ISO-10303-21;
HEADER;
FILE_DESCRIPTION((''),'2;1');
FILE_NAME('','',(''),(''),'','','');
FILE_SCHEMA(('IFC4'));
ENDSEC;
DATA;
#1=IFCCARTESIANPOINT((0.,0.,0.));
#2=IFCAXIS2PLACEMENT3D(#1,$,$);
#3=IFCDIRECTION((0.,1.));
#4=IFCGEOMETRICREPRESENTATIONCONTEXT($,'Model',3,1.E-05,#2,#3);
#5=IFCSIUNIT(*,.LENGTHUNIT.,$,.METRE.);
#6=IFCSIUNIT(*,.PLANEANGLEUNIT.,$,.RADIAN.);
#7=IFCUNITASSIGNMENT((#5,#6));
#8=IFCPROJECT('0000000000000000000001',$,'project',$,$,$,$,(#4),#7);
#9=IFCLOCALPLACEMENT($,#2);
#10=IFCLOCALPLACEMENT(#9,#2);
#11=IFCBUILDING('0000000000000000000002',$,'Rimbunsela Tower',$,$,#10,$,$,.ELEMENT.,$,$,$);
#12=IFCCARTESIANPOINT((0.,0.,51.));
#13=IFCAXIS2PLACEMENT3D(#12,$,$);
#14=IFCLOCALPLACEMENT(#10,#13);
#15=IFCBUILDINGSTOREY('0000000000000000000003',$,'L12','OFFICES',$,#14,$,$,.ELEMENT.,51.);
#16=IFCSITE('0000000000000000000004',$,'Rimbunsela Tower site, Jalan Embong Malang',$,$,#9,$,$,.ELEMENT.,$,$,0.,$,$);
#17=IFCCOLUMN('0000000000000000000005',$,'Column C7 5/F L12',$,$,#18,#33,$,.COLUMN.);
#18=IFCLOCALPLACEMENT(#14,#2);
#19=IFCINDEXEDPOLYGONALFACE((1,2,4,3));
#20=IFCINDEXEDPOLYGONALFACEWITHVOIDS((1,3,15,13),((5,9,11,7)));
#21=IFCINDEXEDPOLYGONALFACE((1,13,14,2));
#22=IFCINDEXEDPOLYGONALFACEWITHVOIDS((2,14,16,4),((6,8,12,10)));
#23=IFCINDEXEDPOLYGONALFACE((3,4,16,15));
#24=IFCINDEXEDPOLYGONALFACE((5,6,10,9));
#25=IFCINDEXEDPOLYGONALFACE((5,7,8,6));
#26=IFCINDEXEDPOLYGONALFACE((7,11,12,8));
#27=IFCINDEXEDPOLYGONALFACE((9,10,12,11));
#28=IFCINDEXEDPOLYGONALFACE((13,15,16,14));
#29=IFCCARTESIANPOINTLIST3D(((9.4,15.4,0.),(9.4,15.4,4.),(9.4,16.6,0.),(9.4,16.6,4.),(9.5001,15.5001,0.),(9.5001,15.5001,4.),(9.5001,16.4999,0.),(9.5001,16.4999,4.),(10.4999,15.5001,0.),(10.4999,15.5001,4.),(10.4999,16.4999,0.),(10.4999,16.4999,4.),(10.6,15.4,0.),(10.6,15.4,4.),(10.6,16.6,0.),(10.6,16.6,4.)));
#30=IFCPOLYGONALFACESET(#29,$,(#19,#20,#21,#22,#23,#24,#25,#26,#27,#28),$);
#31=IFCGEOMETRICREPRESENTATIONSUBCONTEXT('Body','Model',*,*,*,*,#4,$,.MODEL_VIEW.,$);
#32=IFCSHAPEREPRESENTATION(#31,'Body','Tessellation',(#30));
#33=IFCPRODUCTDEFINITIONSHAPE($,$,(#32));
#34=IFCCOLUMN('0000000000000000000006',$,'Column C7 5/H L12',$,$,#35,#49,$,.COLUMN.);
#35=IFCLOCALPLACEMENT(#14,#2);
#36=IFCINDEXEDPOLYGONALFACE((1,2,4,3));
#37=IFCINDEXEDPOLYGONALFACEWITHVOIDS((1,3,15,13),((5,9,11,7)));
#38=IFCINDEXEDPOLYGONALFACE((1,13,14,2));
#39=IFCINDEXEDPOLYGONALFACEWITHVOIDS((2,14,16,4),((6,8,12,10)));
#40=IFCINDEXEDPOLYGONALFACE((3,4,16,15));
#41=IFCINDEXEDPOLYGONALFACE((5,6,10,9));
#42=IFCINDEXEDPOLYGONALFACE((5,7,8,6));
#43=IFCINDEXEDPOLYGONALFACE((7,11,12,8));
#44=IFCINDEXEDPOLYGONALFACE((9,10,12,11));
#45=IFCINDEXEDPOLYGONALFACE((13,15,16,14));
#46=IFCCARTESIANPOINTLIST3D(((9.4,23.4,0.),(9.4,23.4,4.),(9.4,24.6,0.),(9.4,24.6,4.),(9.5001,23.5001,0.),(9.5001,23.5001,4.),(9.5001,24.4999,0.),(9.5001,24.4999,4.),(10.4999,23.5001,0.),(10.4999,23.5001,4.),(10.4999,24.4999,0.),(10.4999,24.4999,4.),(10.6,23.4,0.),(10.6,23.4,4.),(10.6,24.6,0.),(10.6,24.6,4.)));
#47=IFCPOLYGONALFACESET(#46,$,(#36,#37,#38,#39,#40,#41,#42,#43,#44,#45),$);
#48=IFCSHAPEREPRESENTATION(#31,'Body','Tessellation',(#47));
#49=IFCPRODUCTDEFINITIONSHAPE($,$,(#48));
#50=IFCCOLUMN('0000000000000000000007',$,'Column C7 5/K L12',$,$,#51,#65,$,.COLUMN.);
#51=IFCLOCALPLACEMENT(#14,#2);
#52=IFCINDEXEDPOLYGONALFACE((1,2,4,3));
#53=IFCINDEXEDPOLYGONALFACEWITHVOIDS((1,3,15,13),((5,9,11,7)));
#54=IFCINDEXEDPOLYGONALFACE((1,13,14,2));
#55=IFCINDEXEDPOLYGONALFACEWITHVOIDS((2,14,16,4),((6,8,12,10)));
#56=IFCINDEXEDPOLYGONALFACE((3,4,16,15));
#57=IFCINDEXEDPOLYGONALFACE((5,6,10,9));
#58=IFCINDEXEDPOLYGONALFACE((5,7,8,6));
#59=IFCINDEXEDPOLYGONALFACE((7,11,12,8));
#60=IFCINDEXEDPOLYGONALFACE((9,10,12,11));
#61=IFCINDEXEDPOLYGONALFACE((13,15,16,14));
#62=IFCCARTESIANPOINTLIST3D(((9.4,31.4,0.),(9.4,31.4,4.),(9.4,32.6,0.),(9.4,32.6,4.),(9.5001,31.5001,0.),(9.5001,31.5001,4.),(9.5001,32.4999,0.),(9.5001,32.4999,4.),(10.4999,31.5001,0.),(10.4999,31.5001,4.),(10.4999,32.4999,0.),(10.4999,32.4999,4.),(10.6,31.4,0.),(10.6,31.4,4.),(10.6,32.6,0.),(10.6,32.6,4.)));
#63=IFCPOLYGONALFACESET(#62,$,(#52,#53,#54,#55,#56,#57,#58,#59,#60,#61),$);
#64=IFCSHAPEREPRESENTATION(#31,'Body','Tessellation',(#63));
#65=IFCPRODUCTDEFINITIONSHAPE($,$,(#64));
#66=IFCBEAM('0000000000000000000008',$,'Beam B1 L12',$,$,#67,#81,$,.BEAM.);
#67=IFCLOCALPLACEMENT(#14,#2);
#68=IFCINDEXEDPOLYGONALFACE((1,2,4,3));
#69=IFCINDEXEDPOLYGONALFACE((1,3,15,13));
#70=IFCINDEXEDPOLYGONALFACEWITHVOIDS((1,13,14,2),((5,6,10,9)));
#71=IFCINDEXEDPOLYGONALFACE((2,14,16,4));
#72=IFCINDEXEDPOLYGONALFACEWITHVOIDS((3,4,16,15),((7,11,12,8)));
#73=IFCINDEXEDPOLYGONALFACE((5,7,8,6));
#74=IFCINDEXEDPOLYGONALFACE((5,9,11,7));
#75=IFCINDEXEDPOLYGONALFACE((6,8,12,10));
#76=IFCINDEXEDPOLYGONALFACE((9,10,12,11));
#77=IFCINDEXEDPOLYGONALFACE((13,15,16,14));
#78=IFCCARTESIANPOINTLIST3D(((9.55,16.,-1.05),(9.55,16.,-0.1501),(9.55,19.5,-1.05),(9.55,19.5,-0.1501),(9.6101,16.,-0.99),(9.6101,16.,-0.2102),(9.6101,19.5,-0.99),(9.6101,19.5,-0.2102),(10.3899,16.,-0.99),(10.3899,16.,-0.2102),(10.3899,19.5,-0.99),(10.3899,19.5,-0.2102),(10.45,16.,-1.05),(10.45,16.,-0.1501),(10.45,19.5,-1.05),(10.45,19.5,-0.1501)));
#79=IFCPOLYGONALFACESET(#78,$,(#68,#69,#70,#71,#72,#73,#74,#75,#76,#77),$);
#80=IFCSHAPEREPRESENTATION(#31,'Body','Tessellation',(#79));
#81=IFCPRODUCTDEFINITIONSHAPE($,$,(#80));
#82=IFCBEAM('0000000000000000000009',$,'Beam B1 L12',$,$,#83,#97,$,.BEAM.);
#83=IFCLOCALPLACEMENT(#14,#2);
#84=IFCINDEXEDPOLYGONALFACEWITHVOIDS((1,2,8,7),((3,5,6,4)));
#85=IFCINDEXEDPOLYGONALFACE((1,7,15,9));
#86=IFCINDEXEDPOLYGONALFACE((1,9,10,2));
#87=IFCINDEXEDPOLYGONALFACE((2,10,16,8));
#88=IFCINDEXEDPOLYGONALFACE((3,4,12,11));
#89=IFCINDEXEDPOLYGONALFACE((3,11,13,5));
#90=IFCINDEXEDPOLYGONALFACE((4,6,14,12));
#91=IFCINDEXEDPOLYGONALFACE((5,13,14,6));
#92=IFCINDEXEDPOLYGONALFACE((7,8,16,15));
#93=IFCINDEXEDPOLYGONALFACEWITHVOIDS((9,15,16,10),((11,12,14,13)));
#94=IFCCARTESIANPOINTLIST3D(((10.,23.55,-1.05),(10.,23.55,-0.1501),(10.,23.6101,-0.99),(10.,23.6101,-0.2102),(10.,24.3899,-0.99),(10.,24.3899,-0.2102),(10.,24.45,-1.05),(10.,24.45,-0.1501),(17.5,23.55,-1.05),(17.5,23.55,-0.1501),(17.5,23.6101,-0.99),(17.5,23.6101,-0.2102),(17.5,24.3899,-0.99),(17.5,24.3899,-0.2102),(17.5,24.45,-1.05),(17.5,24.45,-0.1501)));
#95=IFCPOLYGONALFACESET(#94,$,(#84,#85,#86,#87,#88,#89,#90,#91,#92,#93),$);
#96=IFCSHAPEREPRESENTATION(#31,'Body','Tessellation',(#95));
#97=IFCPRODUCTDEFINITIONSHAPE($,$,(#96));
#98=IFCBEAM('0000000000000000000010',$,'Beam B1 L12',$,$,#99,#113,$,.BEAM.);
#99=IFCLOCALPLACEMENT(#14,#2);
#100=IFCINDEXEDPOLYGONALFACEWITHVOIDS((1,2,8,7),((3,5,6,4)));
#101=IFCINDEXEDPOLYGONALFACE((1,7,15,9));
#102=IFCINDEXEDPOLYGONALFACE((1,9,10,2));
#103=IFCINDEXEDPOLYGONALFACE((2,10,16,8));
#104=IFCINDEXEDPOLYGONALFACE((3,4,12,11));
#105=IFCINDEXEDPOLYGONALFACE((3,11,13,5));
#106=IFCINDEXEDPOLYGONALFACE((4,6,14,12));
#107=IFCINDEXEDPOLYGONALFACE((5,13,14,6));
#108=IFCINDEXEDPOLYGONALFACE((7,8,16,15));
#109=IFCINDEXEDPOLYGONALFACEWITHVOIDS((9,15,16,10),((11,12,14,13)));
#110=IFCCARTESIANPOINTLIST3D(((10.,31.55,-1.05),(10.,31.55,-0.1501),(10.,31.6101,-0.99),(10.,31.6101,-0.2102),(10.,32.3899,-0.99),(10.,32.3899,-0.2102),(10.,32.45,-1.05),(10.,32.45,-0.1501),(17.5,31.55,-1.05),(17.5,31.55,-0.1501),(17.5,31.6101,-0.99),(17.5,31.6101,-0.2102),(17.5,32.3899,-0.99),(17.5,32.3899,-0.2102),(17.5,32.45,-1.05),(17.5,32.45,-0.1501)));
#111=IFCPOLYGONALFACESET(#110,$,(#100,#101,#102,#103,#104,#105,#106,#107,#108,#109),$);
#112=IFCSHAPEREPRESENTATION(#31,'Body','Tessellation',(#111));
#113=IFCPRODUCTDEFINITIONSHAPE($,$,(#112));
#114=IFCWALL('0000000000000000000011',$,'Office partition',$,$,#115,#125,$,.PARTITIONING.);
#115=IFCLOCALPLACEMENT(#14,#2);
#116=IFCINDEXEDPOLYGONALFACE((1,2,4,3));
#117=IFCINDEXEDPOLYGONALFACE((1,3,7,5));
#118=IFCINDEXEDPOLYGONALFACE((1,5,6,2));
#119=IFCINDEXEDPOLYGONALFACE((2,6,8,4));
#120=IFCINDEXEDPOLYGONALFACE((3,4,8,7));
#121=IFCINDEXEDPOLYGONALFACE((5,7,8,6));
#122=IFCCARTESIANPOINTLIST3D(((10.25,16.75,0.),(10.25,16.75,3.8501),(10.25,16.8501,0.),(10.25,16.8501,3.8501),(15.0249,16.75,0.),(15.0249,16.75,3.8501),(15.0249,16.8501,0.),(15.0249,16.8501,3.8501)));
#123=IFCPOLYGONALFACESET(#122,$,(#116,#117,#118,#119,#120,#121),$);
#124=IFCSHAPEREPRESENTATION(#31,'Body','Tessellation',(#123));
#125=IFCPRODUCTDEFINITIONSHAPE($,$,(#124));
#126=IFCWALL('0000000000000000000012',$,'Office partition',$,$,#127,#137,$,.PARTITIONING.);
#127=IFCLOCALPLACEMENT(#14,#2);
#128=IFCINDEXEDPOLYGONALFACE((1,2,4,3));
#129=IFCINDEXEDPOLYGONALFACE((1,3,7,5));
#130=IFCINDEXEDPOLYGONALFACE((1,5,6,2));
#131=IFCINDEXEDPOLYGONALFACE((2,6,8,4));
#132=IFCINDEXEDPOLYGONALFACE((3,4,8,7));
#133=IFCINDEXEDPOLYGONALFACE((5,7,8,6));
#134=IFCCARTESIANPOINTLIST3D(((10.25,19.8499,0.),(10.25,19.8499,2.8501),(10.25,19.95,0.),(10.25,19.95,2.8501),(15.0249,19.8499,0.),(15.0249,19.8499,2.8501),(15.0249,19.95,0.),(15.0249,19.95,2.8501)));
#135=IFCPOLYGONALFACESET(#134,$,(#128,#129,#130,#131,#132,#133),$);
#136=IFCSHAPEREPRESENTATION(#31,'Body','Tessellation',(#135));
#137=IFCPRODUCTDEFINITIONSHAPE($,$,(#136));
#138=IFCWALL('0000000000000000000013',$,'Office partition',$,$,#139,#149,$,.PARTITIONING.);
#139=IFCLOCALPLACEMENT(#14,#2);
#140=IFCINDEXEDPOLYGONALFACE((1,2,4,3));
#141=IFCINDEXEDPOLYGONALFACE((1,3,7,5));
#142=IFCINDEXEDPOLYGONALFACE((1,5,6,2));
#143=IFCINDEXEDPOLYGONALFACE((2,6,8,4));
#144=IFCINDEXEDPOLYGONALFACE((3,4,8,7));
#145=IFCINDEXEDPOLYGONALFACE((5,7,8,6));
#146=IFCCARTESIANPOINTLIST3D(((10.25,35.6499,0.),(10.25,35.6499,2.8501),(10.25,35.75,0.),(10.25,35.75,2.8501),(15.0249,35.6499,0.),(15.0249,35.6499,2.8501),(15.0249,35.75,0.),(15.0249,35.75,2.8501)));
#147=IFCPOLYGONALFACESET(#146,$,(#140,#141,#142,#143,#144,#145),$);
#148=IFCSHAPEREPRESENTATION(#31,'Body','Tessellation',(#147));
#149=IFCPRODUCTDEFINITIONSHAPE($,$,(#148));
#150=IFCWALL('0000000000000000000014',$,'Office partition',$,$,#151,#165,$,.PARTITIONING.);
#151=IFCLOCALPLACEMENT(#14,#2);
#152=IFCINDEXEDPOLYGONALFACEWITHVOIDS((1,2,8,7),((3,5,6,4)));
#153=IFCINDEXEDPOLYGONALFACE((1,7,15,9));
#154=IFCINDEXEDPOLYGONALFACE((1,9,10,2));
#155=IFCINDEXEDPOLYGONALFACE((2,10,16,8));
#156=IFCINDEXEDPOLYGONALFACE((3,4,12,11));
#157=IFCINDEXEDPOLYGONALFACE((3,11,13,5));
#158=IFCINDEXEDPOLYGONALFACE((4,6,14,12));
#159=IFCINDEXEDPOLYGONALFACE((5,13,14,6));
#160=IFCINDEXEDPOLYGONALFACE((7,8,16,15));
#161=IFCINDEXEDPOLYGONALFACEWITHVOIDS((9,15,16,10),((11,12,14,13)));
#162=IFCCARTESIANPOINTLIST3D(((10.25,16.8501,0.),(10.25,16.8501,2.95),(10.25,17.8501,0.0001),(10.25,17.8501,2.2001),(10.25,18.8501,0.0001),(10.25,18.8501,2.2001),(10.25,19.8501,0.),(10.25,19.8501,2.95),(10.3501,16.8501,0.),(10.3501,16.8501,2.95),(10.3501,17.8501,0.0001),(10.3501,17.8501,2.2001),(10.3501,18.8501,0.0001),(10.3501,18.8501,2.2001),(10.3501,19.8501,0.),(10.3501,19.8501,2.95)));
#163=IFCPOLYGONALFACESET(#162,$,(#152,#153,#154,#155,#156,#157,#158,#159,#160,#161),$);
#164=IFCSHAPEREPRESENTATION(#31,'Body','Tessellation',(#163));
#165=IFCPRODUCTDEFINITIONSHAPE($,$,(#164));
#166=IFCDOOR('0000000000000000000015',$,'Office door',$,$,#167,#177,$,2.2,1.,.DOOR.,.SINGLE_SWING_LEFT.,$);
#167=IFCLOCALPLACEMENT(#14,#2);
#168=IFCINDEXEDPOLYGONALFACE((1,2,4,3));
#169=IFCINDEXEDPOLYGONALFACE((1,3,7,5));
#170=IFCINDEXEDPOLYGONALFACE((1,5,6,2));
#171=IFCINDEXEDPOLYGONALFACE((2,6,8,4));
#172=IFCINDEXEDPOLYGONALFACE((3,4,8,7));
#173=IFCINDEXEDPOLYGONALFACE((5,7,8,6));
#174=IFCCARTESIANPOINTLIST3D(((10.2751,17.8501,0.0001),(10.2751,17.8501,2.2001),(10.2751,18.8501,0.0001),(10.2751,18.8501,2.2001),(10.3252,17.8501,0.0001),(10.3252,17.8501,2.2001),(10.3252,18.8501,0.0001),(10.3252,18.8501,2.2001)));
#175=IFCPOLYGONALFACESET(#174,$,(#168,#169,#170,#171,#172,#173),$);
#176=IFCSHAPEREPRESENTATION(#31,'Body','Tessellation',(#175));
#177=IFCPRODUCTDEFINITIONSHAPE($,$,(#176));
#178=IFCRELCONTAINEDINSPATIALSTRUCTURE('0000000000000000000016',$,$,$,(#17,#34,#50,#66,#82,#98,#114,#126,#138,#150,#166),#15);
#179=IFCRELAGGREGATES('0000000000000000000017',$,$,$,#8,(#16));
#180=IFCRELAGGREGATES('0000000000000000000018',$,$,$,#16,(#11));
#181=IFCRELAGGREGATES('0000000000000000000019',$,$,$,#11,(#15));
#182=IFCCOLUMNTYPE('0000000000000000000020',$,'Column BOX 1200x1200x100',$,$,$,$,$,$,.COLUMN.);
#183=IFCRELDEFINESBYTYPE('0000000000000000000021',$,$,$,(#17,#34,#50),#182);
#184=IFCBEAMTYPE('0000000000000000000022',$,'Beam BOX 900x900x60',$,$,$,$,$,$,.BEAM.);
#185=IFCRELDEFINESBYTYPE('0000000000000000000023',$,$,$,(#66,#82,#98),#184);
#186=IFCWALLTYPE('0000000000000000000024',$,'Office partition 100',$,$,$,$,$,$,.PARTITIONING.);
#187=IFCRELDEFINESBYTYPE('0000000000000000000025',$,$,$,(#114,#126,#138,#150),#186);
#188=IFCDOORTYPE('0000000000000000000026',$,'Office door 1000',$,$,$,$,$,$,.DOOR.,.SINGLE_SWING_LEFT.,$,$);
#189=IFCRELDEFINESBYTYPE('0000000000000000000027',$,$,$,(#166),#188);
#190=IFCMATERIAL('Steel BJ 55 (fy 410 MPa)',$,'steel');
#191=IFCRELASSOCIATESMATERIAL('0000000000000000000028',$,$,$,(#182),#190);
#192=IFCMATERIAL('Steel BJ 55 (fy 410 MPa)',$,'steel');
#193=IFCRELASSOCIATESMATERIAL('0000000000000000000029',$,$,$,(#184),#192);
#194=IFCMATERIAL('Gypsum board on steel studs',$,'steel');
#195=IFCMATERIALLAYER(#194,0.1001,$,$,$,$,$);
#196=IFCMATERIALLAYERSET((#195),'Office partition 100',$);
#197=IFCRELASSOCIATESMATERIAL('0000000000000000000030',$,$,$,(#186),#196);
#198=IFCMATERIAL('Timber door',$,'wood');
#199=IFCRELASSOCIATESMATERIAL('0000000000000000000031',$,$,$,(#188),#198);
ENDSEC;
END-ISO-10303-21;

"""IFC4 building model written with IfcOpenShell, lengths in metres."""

from ifc_helpers import new_model, si_unit, direction, frame, frame_2d, origin, origin_2d, place, context, subcontext, project, spatial, rectangle, hollow_rectangle, extrude, material, layer, layer_set, material_profile, profile_set, type_object, element, fill, save


model = new_model("IFC4")

# Units and contexts
model_context = context("Model", 3, precision=1e-05, world=origin(), true_north=direction((0.0, 1.0)))
body_context = subcontext(model_context, "Body", "Model", "MODEL_VIEW")
ifc_project = project(units=[si_unit("LENGTHUNIT", "METRE"), si_unit("PLANEANGLEUNIT", "RADIAN")], contexts=[model_context])

# Site, building, storey
site_placement = place(None, origin())
site = spatial("IfcSite", under=ifc_project, at=site_placement, Name="Rimbunsela Tower site, Jalan Embong Malang", CompositionType="ELEMENT", RefElevation=0.0)
building_placement = place(site_placement, origin())
building = spatial("IfcBuilding", under=site, at=building_placement, Name="Rimbunsela Tower", CompositionType="ELEMENT")
storey_placement = place(building_placement, frame((0.0, 0.0, 51.0)))
storey = spatial("IfcBuildingStorey", under=building, at=storey_placement, Name="L12", Description="OFFICES", CompositionType="ELEMENT", Elevation=51.0)

# Columns
ifc_material_1 = material(Name="Steel BJ 55 (fy 410 MPa)", Category="steel")
ifc_material_profile_1 = material_profile(ifc_material_1, hollow_rectangle(XDim=1.2, YDim=1.2, WallThickness=0.1001, at=origin_2d()), Name="BOX 1200x1200x100")
ifc_profile_set_1 = profile_set([ifc_material_profile_1], Name="Steel BJ 55 (fy 410 MPa)")
column_type = type_object("IfcColumnType", Name="Column BOX 1200x1200x100", PredefinedType="COLUMN", material=ifc_profile_set_1)
for number, where, z_axis, x_axis, name in (
    (1, (10.0, 16.0, 0.0), (0.0, 0.0, 1.0), (1.0, 0.0, 0.0), "Column C7 5/F L12"),
    (2, (10.0, 24.0, 0.0), (0.0, 0.0, 1.0), (1.0, 0.0, 0.0), "Column C7 5/H L12"),
    (3, (10.0, 32.0, 0.0), (0.0, 0.0, 1.0), (1.0, 0.0, 0.0), "Column C7 5/K L12"),
):
    element("IfcColumn", number, at=place(storey_placement, frame(where, z_axis=z_axis, x_axis=x_axis)), inside=storey, type_object=column_type, Name=name, PredefinedType="COLUMN", context=body_context, shape_type="SweptSolid", body=[
        extrude(hollow_rectangle(XDim=1.2, YDim=1.2, WallThickness=0.1001, at=origin_2d()), origin(), (0.0, 0.0, 1.0), 4.0),
    ])

# Beams
ifc_material_2 = material(Name="Steel BJ 55 (fy 410 MPa)", Category="steel")
ifc_material_profile_2 = material_profile(ifc_material_2, hollow_rectangle(XDim=0.8999, YDim=0.8999, WallThickness=0.0601, at=origin_2d()), Name="BOX 900x900x60")
ifc_profile_set_2 = profile_set([ifc_material_profile_2], Name="Steel BJ 55 (fy 410 MPa)")
beam_type = type_object("IfcBeamType", Name="Beam BOX 900x900x60", PredefinedType="BEAM", material=ifc_profile_set_2)
beam_placement = place(storey_placement, frame((10.0, 16.0, -0.6001), z_axis=(0.0, 1.0, 0.0), x_axis=(-1.0, 0.0, 0.0)))
element("IfcBeam", 4, at=beam_placement, inside=storey, type_object=beam_type, Name="Beam B1 L12", PredefinedType="BEAM", context=body_context, shape_type="SweptSolid", body=[
    extrude(hollow_rectangle(XDim=0.8999, YDim=0.8999, WallThickness=0.0601, at=origin_2d()), origin(), (0.0, 0.0, 1.0), 3.5),
])
for number, where, z_axis, x_axis, name in (
    (5, (10.0, 24.0, -0.6001), (1.0, 0.0, 0.0), (0.0, 1.0, 0.0), "Beam B1 L12"),
    (6, (10.0, 32.0, -0.6001), (1.0, 0.0, 0.0), (0.0, 1.0, 0.0), "Beam B1 L12"),
):
    element("IfcBeam", number, at=place(storey_placement, frame(where, z_axis=z_axis, x_axis=x_axis)), inside=storey, type_object=beam_type, Name=name, PredefinedType="BEAM", context=body_context, shape_type="SweptSolid", body=[
        extrude(hollow_rectangle(XDim=0.8999, YDim=0.8999, WallThickness=0.0601, at=origin_2d()), origin(), (0.0, 0.0, 1.0), 7.5),
    ])

# Walls
ifc_material_3 = material(Name="Gypsum board on steel studs", Category="steel")
ifc_layer_1 = layer(ifc_material_3, 0.1001)
ifc_layer_set_1 = layer_set([ifc_layer_1], Name="Office partition 100")
wall_type_1 = type_object("IfcWallType", Name="Office partition 100", PredefinedType="PARTITIONING", material=ifc_layer_set_1)
wall_1_placement = place(storey_placement, frame((10.25, 16.8, 0.0), z_axis=(0.0, 0.0, 1.0), x_axis=(1.0, 0.0, 0.0)))
element("IfcWall", 7, at=wall_1_placement, inside=storey, type_object=wall_type_1, Name="Office partition", PredefinedType="PARTITIONING", context=body_context, shape_type="SweptSolid", body=[
    extrude(rectangle(XDim=4.7749, YDim=0.1001, at=frame_2d((2.3875, 0.0))), origin(), (0.0, 0.0, 1.0), 3.8501),
])
for number, where, z_axis, x_axis, name in (
    (8, (10.25, 19.8999, 0.0), (0.0, 0.0, 1.0), (1.0, 0.0, 0.0), "Office partition"),
    (9, (10.25, 35.7, 0.0), (0.0, 0.0, 1.0), (1.0, 0.0, 0.0), "Office partition"),
):
    element("IfcWall", number, at=place(storey_placement, frame(where, z_axis=z_axis, x_axis=x_axis)), inside=storey, type_object=wall_type_1, Name=name, PredefinedType="PARTITIONING", context=body_context, shape_type="SweptSolid", body=[
        extrude(rectangle(XDim=4.7749, YDim=0.1001, at=frame_2d((2.3875, 0.0))), origin(), (0.0, 0.0, 1.0), 2.8501),
    ])

# Wall, opening, door
wall_2_placement = place(storey_placement, frame((10.3, 16.8501, 0.0), z_axis=(0.0, 0.0, 1.0), x_axis=(0.0, 1.0, 0.0)))
wall_2 = element("IfcWall", 10, at=wall_2_placement, inside=storey, type_object=wall_type_1, Name="Office partition", PredefinedType="PARTITIONING", context=body_context, shape_type="SweptSolid", body=[
    extrude(rectangle(XDim=3.0, YDim=0.1001, at=frame_2d((1.5, 0.0))), origin(), (0.0, 0.0, 1.0), 2.95),
])
opening_1_placement = place(wall_2_placement, frame((1.0, 0.0, 0.0)))
opening_1 = element("IfcOpeningElement", 11, at=opening_1_placement, cuts=wall_2, PredefinedType="OPENING", context=body_context, shape_type="SweptSolid", body=[
    extrude(rectangle(XDim=1.0, YDim=2.2, at=frame_2d((0.5, 1.1001))), frame((0.0, 0.0601, 0.0), z_axis=(0.0, -1.0, 0.0), x_axis=(1.0, 0.0, 0.0)), (0.0, 0.0, 1.0), 0.1201),
])
ifc_material_4 = material(Name="Timber door", Category="wood")
door_type = type_object("IfcDoorType", Name="Office door 1000", OperationType="SINGLE_SWING_LEFT", PredefinedType="DOOR", material=ifc_material_4)
door_1_placement = place(opening_1_placement, origin())
door_1 = element("IfcDoor", 12, at=door_1_placement, inside=storey, type_object=door_type, Name="Office door", OperationType="SINGLE_SWING_LEFT", OverallHeight=2.2, OverallWidth=1.0, PredefinedType="DOOR", context=body_context, shape_type="SweptSolid", body=[
    extrude(rectangle(XDim=1.0, YDim=2.2, at=frame_2d((0.5, 1.1001))), frame((0.0, 0.0249, 0.0), z_axis=(0.0, -1.0, 0.0), x_axis=(1.0, 0.0, 0.0)), (0.0, 0.0, 1.0), 0.05),
])
fill(opening_1, door_1)

save(model, "model.ifc")
